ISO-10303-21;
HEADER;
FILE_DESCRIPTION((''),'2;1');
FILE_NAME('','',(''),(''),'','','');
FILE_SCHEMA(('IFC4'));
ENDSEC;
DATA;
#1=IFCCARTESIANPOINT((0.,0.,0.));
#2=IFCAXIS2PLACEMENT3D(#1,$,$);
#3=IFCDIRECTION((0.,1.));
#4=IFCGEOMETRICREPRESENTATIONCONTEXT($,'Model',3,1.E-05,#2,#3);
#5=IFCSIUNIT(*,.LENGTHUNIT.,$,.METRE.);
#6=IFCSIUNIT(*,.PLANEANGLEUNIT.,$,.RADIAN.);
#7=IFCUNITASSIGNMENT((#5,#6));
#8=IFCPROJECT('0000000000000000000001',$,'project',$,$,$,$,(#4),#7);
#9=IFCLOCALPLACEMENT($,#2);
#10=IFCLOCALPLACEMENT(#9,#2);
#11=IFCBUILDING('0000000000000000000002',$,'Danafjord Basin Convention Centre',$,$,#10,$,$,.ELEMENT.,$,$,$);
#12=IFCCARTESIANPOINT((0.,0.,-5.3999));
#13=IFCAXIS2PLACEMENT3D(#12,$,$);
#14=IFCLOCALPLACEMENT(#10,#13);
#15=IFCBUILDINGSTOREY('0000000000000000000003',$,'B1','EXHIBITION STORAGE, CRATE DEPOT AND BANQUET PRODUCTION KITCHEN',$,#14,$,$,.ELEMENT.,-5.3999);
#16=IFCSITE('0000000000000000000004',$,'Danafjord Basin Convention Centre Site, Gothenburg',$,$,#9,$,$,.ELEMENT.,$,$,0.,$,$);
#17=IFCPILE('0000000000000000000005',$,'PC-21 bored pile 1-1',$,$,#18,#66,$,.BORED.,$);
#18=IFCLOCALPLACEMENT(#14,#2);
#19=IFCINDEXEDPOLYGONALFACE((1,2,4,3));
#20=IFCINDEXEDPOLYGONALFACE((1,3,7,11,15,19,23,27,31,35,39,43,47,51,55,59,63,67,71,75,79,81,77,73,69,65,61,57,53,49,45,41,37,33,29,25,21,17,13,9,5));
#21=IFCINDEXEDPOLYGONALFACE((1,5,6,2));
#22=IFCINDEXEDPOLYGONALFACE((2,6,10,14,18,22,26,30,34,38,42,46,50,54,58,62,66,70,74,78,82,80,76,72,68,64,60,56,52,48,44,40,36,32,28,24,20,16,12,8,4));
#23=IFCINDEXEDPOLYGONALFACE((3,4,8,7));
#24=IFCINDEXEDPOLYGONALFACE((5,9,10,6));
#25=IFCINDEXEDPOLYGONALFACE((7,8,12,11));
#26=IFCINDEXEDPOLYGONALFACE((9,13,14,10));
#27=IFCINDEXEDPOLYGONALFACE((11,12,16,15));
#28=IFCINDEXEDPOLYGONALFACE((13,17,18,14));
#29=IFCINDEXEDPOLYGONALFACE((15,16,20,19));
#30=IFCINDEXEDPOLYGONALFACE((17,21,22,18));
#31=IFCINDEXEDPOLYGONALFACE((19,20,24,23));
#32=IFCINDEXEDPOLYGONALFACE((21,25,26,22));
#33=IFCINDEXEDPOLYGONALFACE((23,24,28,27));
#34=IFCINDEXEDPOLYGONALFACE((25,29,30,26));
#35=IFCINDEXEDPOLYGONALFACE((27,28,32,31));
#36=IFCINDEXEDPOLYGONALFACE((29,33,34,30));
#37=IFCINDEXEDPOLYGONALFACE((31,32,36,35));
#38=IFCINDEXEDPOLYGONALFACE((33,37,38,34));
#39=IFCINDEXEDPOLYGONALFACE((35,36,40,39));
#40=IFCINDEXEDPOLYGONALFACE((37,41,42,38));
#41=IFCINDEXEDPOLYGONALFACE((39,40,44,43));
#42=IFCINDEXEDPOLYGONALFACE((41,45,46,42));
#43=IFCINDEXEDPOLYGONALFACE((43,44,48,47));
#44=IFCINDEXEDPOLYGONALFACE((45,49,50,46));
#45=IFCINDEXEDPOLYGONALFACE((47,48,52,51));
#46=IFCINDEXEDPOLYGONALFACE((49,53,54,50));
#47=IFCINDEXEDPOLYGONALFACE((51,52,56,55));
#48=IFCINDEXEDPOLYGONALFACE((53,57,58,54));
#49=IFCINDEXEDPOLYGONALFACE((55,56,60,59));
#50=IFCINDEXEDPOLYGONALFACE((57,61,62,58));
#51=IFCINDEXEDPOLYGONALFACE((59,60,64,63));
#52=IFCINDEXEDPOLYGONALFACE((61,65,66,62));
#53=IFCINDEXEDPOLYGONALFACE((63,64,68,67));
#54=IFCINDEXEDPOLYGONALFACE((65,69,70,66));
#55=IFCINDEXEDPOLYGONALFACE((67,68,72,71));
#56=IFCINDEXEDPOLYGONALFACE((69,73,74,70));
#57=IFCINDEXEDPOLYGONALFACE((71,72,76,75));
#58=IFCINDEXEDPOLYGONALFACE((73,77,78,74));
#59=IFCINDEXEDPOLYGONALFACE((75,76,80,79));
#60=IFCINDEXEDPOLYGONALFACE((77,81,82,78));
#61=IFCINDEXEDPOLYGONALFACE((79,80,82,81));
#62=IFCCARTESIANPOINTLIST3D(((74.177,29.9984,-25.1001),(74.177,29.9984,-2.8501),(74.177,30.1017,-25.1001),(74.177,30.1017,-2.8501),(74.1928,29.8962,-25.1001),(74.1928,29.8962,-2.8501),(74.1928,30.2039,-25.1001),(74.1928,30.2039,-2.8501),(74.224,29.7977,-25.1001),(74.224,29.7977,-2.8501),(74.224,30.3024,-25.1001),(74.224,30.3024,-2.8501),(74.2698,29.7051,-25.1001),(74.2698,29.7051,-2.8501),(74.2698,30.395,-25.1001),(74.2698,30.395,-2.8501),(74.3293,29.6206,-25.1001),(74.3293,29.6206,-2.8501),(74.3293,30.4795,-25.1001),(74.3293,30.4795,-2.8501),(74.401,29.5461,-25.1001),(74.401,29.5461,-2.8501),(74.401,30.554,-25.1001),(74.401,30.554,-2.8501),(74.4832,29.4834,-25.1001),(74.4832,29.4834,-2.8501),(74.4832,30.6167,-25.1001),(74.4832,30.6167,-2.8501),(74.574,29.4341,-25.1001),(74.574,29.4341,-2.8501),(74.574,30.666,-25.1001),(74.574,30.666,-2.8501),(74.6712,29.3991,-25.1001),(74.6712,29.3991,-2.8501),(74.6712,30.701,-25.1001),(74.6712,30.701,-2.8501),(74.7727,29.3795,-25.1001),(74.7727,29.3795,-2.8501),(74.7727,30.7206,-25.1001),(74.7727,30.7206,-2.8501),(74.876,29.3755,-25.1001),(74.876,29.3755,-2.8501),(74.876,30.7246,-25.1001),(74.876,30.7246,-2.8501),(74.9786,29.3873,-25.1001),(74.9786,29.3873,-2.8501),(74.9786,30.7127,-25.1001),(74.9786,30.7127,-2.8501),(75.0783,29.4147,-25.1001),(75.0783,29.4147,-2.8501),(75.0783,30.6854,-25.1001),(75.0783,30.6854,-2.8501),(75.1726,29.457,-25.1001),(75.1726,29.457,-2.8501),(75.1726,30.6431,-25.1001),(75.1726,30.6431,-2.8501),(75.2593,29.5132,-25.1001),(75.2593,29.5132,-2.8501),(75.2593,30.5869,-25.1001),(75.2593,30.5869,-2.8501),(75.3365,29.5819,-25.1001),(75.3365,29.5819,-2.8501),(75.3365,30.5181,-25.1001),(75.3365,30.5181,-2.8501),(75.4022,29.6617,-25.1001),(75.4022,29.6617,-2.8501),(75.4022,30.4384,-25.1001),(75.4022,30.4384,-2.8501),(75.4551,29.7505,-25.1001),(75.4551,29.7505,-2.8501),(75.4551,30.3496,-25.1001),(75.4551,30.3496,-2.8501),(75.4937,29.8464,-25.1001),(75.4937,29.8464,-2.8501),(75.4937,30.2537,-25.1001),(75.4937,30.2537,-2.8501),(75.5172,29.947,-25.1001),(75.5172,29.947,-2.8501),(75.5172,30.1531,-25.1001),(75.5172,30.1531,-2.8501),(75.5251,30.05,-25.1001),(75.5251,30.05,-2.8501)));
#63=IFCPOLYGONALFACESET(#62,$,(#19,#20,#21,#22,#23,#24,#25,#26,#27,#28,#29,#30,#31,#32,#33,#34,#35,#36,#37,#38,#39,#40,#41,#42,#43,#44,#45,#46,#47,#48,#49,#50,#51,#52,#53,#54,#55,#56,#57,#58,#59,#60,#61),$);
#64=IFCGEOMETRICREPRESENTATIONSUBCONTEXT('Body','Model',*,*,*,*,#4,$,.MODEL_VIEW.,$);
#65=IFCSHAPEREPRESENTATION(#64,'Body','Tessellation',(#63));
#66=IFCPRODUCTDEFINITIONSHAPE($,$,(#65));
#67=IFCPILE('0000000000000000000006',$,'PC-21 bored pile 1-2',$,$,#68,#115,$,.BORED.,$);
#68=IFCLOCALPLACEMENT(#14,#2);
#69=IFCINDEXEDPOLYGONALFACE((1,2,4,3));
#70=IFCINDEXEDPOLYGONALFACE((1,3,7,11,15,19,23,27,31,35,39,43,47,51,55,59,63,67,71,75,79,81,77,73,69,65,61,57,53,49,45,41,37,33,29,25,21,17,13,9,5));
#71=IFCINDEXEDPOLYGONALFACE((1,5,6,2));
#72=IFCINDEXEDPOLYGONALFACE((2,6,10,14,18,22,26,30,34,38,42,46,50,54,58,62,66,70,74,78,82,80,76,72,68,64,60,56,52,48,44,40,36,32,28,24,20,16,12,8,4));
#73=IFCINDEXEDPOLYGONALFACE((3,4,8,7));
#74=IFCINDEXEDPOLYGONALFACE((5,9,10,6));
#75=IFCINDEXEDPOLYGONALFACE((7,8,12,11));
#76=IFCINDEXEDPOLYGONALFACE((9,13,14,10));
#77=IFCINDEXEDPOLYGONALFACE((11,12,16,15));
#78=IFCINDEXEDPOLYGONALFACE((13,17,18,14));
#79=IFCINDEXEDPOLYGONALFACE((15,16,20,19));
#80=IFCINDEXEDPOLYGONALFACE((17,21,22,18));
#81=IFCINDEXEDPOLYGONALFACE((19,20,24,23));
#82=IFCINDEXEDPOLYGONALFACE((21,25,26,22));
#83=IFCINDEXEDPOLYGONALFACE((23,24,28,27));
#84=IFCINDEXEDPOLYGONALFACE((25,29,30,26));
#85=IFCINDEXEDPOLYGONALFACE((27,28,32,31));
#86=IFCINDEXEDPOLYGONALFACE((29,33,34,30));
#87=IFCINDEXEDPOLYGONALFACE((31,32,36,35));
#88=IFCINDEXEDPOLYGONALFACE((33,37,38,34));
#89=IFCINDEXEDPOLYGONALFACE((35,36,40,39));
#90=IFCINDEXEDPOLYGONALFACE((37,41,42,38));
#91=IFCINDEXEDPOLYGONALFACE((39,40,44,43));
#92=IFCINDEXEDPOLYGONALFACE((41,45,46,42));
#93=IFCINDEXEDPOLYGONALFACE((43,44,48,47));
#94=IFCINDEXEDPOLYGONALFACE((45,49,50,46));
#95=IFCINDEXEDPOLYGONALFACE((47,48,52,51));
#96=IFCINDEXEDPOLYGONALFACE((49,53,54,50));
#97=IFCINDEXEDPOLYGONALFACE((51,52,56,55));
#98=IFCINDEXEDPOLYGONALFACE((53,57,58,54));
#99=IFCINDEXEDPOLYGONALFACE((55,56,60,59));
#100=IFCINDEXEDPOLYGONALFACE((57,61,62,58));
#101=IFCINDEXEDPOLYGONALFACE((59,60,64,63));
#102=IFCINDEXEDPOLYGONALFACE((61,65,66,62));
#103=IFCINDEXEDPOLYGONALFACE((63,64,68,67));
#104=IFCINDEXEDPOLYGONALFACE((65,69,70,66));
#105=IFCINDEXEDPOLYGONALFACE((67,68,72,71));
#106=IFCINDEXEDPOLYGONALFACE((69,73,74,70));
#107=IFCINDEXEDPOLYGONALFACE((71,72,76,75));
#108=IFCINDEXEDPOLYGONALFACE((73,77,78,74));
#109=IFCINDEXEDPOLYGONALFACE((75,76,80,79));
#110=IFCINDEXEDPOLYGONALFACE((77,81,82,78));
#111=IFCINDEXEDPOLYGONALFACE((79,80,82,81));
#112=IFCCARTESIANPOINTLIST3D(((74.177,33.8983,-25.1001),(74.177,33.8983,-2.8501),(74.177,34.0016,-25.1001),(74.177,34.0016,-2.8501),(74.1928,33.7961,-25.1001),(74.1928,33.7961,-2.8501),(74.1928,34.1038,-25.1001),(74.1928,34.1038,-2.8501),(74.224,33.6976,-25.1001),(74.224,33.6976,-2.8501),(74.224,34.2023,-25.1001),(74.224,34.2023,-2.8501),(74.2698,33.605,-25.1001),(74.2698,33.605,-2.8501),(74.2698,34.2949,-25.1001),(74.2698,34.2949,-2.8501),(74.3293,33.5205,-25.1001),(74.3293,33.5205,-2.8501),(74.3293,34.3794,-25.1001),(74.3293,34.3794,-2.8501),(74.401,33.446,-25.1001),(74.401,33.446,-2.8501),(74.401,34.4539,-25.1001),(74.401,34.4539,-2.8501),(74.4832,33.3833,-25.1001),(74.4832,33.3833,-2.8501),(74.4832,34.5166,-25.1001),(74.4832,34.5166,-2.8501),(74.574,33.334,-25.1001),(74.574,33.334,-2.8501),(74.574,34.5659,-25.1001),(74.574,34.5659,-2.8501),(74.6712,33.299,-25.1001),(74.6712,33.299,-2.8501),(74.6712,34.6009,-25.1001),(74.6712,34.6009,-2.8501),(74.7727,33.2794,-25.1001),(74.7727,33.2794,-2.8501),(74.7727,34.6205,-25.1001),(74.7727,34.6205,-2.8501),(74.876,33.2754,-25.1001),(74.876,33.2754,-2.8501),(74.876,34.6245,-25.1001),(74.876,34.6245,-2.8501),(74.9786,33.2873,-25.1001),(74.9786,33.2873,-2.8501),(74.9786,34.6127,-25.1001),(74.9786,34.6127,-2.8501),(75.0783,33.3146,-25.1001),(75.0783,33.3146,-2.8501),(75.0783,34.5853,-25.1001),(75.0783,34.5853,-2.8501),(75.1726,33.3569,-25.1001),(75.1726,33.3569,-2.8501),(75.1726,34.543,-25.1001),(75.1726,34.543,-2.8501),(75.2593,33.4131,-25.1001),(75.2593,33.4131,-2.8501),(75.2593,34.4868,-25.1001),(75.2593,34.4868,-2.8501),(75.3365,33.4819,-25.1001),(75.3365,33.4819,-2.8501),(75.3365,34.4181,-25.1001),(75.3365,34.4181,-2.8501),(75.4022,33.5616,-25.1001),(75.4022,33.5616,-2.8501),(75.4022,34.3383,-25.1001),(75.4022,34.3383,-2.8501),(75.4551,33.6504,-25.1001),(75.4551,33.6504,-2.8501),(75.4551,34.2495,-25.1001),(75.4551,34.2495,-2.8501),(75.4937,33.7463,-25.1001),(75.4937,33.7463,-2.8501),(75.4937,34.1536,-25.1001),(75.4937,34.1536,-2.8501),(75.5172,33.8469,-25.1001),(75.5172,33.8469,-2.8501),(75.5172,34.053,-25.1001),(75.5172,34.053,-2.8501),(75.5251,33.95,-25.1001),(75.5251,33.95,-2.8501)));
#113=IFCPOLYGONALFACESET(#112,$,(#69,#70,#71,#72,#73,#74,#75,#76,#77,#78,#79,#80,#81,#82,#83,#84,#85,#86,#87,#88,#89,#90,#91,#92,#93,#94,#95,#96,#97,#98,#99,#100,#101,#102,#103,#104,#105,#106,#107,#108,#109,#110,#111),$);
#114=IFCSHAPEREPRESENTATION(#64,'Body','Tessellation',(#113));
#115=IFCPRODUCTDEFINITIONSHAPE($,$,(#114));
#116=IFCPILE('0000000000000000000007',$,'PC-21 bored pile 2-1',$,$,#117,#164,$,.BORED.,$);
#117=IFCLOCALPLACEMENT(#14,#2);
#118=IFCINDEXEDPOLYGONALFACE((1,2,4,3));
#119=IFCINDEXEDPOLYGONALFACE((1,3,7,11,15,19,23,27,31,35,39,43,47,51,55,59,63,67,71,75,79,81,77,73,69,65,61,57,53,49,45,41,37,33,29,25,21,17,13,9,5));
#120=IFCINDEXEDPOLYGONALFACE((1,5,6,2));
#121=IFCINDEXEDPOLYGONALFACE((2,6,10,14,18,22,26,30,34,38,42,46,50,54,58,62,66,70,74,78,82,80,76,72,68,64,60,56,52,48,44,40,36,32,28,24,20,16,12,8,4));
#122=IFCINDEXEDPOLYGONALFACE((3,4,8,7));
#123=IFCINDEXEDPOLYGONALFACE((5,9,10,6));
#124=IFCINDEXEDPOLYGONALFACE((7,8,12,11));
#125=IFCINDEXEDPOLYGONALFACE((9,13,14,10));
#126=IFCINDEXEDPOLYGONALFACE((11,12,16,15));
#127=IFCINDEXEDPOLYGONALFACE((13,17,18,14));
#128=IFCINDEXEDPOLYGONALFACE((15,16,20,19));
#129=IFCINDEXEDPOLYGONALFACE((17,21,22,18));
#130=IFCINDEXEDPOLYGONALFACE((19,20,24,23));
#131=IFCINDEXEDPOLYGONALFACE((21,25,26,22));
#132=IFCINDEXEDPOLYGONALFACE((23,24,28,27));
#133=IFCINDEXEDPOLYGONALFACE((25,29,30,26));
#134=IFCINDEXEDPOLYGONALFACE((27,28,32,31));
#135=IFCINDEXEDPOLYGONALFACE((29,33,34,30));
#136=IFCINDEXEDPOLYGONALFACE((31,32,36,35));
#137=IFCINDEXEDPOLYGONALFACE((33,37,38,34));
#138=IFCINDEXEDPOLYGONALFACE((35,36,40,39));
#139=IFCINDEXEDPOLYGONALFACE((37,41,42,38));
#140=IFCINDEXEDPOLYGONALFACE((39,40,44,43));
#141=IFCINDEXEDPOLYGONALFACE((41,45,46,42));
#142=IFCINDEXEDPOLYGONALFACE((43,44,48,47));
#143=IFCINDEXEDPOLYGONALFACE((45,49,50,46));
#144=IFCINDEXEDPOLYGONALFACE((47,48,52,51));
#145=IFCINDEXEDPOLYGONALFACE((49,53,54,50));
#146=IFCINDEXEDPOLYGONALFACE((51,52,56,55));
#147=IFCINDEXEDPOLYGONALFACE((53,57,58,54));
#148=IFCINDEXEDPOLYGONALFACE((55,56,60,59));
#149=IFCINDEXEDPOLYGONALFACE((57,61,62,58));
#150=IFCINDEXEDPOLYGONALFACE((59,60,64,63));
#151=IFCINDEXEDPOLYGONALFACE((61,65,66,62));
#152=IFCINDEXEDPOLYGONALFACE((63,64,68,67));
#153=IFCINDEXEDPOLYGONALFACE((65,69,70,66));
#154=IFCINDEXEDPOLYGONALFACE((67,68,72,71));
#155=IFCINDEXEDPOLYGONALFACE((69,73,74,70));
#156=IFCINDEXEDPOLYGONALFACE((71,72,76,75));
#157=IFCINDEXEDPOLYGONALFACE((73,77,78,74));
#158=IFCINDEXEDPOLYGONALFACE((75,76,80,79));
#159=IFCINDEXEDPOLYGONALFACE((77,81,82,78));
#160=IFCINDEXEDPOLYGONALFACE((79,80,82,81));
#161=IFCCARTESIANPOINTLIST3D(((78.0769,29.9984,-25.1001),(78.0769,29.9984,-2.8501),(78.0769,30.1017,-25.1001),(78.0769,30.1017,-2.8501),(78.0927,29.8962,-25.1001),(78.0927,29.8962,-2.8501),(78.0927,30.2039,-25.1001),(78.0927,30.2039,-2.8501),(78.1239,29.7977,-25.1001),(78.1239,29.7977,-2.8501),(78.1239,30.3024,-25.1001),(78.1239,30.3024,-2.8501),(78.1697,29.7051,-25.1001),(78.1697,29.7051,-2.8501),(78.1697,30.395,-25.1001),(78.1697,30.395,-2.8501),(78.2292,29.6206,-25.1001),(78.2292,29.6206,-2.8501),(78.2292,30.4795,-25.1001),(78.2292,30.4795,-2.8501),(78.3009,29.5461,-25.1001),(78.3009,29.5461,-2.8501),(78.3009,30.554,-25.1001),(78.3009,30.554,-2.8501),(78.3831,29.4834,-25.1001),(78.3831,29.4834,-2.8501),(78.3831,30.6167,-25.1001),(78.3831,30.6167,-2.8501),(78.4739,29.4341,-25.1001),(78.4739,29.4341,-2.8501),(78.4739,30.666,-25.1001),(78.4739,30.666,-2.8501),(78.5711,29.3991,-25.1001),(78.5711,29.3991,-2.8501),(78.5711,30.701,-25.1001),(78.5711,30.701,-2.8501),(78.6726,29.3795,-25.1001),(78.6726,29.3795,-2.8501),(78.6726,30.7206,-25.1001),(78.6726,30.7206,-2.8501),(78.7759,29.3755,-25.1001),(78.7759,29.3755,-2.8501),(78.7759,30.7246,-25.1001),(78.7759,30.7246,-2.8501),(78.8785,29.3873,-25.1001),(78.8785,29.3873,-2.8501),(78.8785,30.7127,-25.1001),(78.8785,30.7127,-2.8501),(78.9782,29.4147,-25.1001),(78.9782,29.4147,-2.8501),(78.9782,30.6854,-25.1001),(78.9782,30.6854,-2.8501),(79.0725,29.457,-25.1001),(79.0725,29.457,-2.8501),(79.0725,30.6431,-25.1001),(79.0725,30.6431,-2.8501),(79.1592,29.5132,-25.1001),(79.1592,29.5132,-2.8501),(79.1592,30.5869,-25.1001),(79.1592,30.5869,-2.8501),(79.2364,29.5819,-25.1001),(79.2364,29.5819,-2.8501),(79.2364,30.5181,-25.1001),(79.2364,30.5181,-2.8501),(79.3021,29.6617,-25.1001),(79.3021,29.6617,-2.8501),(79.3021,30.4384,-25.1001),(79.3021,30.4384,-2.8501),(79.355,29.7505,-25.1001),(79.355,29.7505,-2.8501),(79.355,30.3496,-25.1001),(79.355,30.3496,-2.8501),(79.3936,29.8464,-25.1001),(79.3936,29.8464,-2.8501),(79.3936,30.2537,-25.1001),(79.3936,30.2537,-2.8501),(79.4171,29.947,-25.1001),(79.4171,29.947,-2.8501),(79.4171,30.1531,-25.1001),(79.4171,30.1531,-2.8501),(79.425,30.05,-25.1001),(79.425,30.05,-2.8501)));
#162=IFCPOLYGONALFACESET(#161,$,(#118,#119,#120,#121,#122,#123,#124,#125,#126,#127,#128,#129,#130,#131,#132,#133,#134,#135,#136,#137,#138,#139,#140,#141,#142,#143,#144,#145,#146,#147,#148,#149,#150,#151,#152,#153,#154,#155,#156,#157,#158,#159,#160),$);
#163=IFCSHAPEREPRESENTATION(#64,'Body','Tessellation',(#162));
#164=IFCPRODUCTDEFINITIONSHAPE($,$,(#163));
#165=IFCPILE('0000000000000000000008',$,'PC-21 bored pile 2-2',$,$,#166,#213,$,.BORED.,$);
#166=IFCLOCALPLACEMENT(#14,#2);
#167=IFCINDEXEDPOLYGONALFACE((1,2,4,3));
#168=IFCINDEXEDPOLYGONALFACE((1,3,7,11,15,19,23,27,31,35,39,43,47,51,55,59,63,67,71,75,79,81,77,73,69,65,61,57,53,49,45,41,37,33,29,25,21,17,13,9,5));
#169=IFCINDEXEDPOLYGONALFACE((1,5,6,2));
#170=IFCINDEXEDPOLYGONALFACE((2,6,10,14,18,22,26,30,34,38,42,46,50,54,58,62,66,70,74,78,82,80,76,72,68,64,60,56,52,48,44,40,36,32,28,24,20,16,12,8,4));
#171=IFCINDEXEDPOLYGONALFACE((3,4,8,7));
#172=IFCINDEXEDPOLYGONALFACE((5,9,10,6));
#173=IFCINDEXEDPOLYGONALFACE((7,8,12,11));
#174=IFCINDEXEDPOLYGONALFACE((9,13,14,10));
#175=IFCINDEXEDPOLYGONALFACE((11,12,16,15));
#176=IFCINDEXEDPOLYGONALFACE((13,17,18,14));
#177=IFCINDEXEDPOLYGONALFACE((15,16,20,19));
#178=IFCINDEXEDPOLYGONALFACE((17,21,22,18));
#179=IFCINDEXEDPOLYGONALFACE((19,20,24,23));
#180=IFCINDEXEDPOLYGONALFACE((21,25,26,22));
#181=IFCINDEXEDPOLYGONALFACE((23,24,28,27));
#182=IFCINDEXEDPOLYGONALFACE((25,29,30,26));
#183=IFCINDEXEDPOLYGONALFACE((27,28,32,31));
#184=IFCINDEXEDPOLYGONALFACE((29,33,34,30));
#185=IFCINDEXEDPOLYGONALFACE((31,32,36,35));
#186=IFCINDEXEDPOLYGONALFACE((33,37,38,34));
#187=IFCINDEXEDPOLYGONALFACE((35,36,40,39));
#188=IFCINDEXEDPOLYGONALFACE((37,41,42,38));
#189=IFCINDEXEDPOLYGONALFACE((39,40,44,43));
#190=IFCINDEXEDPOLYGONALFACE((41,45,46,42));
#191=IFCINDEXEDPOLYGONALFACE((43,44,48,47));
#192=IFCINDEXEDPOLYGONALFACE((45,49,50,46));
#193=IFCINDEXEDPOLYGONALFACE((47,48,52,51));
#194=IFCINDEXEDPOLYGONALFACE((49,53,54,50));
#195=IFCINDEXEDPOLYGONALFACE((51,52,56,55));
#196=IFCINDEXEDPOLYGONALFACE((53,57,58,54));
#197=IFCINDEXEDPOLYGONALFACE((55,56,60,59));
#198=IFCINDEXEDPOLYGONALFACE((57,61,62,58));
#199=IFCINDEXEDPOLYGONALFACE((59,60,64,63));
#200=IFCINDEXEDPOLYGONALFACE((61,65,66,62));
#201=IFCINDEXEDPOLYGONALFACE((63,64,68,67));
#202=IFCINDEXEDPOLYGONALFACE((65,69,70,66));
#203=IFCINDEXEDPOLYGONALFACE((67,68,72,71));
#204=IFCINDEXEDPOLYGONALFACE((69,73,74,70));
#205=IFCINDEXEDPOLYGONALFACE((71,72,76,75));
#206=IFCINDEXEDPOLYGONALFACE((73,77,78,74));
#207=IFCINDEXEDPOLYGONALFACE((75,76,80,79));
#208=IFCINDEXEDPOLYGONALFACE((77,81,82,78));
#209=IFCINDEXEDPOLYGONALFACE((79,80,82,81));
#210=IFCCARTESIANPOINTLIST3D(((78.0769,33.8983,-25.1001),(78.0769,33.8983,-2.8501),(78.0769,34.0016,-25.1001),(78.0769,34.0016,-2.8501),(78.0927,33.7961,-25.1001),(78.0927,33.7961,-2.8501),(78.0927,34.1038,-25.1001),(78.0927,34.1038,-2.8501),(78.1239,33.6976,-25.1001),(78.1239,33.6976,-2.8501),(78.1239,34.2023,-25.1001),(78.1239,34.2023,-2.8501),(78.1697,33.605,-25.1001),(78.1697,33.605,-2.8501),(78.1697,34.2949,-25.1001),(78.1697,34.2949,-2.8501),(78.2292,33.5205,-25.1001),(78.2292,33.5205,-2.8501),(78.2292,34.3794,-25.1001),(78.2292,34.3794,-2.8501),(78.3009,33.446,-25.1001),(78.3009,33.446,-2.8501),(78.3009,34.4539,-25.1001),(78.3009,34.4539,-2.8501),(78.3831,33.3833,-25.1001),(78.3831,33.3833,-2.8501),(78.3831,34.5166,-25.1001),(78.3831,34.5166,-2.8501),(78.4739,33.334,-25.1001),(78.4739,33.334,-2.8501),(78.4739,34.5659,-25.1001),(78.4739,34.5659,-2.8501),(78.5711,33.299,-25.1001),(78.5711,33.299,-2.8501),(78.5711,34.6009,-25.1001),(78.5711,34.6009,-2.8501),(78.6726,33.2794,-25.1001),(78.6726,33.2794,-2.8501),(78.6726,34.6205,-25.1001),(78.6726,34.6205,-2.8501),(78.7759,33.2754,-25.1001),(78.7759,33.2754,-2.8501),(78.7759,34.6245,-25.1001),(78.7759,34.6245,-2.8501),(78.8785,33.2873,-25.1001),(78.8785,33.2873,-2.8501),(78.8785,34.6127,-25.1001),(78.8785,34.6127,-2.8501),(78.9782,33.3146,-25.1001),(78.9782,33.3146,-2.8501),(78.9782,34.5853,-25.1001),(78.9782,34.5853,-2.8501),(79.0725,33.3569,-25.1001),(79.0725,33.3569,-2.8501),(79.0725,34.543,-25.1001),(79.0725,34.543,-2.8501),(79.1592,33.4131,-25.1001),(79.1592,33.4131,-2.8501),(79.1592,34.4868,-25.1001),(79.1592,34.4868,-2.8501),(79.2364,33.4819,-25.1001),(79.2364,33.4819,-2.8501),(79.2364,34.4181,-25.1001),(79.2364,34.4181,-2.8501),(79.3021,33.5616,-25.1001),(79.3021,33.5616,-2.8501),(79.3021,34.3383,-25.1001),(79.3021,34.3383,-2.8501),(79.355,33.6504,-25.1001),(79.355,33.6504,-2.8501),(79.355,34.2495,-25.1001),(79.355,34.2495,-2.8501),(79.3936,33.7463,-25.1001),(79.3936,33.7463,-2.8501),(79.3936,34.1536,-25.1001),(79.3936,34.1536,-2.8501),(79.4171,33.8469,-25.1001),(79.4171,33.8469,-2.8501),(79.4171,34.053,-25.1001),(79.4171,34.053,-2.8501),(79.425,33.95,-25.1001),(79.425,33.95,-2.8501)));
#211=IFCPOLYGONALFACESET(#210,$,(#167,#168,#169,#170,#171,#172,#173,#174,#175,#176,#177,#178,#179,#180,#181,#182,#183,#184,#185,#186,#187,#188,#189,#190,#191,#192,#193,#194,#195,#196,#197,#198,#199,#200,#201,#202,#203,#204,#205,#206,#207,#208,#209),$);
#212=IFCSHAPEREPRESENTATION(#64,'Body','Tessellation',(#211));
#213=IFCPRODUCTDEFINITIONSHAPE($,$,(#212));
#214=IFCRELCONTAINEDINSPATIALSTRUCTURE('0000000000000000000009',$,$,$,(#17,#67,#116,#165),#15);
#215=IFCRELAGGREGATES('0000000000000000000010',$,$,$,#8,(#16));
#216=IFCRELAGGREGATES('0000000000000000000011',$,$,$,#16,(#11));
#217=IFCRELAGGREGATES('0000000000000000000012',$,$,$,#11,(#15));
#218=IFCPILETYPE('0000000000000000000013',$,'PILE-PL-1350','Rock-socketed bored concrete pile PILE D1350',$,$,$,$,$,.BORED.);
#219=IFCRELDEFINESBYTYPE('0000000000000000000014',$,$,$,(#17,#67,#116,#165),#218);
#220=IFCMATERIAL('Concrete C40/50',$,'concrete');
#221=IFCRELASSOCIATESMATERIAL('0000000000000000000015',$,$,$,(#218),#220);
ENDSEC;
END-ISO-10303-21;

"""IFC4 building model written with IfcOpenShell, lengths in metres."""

from ifc_helpers import new_model, si_unit, direction, frame, origin, origin_2d, place, context, subcontext, project, spatial, circle, extrude, material, material_profile, profile_set, type_object, element, save


model = new_model("IFC4")

# Units and contexts
model_context = context("Model", 3, precision=1e-05, world=origin(), true_north=direction((0.0, 1.0)))
body_context = subcontext(model_context, "Body", "Model", "MODEL_VIEW")
ifc_project = project(units=[si_unit("LENGTHUNIT", "METRE"), si_unit("PLANEANGLEUNIT", "RADIAN")], contexts=[model_context])

# Site, building, storey
site_placement = place(None, origin())
site = spatial("IfcSite", under=ifc_project, at=site_placement, Name="Danafjord Basin Convention Centre Site, Gothenburg", CompositionType="ELEMENT", RefElevation=0.0)
building_placement = place(site_placement, origin())
building = spatial("IfcBuilding", under=site, at=building_placement, Name="Danafjord Basin Convention Centre", CompositionType="ELEMENT")
storey_placement = place(building_placement, frame((0.0, 0.0, -5.3999)))
storey = spatial("IfcBuildingStorey", under=building, at=storey_placement, Name="B1", Description="EXHIBITION STORAGE, CRATE DEPOT AND BANQUET PRODUCTION KITCHEN", CompositionType="ELEMENT", Elevation=-5.3999)

# Shared definitions
ifc_material_1 = material(Name="Concrete C40/50", Category="concrete")

# Piles
ifc_material_profile_1 = material_profile(ifc_material_1, circle(Radius=0.675, at=origin_2d()), Name="PILE D1350")
ifc_profile_set_1 = profile_set([ifc_material_profile_1], Name="Concrete C40/50")
pile_type_1 = type_object("IfcPileType", Name="PILE-PL-1350", Description="Rock-socketed bored concrete pile PILE D1350", PredefinedType="BORED", material=ifc_profile_set_1)
for number, where, z_axis, x_axis, name in (
    (1, (74.8501, 30.05, -2.8501), (0.0, 0.0, -1.0), (1.0, 0.0, 0.0), "PC-21 bored pile 1-1"),
    (2, (74.8501, 33.95, -2.8501), (0.0, 0.0, -1.0), (1.0, 0.0, 0.0), "PC-21 bored pile 1-2"),
    (3, (78.75, 30.05, -2.8501), (0.0, 0.0, -1.0), (1.0, 0.0, 0.0), "PC-21 bored pile 2-1"),
    (4, (78.75, 33.95, -2.8501), (0.0, 0.0, -1.0), (1.0, 0.0, 0.0), "PC-21 bored pile 2-2"),
):
    element("IfcPile", number, at=place(storey_placement, frame(where, z_axis=z_axis, x_axis=x_axis)), inside=storey, type_object=pile_type_1, Name=name, PredefinedType="BORED", context=body_context, shape_type="SweptSolid", body=[
        extrude(circle(Radius=0.675, at=origin_2d()), origin(), (0.0, 0.0, 1.0), 22.25),
    ])

save(model, "model.ifc")
